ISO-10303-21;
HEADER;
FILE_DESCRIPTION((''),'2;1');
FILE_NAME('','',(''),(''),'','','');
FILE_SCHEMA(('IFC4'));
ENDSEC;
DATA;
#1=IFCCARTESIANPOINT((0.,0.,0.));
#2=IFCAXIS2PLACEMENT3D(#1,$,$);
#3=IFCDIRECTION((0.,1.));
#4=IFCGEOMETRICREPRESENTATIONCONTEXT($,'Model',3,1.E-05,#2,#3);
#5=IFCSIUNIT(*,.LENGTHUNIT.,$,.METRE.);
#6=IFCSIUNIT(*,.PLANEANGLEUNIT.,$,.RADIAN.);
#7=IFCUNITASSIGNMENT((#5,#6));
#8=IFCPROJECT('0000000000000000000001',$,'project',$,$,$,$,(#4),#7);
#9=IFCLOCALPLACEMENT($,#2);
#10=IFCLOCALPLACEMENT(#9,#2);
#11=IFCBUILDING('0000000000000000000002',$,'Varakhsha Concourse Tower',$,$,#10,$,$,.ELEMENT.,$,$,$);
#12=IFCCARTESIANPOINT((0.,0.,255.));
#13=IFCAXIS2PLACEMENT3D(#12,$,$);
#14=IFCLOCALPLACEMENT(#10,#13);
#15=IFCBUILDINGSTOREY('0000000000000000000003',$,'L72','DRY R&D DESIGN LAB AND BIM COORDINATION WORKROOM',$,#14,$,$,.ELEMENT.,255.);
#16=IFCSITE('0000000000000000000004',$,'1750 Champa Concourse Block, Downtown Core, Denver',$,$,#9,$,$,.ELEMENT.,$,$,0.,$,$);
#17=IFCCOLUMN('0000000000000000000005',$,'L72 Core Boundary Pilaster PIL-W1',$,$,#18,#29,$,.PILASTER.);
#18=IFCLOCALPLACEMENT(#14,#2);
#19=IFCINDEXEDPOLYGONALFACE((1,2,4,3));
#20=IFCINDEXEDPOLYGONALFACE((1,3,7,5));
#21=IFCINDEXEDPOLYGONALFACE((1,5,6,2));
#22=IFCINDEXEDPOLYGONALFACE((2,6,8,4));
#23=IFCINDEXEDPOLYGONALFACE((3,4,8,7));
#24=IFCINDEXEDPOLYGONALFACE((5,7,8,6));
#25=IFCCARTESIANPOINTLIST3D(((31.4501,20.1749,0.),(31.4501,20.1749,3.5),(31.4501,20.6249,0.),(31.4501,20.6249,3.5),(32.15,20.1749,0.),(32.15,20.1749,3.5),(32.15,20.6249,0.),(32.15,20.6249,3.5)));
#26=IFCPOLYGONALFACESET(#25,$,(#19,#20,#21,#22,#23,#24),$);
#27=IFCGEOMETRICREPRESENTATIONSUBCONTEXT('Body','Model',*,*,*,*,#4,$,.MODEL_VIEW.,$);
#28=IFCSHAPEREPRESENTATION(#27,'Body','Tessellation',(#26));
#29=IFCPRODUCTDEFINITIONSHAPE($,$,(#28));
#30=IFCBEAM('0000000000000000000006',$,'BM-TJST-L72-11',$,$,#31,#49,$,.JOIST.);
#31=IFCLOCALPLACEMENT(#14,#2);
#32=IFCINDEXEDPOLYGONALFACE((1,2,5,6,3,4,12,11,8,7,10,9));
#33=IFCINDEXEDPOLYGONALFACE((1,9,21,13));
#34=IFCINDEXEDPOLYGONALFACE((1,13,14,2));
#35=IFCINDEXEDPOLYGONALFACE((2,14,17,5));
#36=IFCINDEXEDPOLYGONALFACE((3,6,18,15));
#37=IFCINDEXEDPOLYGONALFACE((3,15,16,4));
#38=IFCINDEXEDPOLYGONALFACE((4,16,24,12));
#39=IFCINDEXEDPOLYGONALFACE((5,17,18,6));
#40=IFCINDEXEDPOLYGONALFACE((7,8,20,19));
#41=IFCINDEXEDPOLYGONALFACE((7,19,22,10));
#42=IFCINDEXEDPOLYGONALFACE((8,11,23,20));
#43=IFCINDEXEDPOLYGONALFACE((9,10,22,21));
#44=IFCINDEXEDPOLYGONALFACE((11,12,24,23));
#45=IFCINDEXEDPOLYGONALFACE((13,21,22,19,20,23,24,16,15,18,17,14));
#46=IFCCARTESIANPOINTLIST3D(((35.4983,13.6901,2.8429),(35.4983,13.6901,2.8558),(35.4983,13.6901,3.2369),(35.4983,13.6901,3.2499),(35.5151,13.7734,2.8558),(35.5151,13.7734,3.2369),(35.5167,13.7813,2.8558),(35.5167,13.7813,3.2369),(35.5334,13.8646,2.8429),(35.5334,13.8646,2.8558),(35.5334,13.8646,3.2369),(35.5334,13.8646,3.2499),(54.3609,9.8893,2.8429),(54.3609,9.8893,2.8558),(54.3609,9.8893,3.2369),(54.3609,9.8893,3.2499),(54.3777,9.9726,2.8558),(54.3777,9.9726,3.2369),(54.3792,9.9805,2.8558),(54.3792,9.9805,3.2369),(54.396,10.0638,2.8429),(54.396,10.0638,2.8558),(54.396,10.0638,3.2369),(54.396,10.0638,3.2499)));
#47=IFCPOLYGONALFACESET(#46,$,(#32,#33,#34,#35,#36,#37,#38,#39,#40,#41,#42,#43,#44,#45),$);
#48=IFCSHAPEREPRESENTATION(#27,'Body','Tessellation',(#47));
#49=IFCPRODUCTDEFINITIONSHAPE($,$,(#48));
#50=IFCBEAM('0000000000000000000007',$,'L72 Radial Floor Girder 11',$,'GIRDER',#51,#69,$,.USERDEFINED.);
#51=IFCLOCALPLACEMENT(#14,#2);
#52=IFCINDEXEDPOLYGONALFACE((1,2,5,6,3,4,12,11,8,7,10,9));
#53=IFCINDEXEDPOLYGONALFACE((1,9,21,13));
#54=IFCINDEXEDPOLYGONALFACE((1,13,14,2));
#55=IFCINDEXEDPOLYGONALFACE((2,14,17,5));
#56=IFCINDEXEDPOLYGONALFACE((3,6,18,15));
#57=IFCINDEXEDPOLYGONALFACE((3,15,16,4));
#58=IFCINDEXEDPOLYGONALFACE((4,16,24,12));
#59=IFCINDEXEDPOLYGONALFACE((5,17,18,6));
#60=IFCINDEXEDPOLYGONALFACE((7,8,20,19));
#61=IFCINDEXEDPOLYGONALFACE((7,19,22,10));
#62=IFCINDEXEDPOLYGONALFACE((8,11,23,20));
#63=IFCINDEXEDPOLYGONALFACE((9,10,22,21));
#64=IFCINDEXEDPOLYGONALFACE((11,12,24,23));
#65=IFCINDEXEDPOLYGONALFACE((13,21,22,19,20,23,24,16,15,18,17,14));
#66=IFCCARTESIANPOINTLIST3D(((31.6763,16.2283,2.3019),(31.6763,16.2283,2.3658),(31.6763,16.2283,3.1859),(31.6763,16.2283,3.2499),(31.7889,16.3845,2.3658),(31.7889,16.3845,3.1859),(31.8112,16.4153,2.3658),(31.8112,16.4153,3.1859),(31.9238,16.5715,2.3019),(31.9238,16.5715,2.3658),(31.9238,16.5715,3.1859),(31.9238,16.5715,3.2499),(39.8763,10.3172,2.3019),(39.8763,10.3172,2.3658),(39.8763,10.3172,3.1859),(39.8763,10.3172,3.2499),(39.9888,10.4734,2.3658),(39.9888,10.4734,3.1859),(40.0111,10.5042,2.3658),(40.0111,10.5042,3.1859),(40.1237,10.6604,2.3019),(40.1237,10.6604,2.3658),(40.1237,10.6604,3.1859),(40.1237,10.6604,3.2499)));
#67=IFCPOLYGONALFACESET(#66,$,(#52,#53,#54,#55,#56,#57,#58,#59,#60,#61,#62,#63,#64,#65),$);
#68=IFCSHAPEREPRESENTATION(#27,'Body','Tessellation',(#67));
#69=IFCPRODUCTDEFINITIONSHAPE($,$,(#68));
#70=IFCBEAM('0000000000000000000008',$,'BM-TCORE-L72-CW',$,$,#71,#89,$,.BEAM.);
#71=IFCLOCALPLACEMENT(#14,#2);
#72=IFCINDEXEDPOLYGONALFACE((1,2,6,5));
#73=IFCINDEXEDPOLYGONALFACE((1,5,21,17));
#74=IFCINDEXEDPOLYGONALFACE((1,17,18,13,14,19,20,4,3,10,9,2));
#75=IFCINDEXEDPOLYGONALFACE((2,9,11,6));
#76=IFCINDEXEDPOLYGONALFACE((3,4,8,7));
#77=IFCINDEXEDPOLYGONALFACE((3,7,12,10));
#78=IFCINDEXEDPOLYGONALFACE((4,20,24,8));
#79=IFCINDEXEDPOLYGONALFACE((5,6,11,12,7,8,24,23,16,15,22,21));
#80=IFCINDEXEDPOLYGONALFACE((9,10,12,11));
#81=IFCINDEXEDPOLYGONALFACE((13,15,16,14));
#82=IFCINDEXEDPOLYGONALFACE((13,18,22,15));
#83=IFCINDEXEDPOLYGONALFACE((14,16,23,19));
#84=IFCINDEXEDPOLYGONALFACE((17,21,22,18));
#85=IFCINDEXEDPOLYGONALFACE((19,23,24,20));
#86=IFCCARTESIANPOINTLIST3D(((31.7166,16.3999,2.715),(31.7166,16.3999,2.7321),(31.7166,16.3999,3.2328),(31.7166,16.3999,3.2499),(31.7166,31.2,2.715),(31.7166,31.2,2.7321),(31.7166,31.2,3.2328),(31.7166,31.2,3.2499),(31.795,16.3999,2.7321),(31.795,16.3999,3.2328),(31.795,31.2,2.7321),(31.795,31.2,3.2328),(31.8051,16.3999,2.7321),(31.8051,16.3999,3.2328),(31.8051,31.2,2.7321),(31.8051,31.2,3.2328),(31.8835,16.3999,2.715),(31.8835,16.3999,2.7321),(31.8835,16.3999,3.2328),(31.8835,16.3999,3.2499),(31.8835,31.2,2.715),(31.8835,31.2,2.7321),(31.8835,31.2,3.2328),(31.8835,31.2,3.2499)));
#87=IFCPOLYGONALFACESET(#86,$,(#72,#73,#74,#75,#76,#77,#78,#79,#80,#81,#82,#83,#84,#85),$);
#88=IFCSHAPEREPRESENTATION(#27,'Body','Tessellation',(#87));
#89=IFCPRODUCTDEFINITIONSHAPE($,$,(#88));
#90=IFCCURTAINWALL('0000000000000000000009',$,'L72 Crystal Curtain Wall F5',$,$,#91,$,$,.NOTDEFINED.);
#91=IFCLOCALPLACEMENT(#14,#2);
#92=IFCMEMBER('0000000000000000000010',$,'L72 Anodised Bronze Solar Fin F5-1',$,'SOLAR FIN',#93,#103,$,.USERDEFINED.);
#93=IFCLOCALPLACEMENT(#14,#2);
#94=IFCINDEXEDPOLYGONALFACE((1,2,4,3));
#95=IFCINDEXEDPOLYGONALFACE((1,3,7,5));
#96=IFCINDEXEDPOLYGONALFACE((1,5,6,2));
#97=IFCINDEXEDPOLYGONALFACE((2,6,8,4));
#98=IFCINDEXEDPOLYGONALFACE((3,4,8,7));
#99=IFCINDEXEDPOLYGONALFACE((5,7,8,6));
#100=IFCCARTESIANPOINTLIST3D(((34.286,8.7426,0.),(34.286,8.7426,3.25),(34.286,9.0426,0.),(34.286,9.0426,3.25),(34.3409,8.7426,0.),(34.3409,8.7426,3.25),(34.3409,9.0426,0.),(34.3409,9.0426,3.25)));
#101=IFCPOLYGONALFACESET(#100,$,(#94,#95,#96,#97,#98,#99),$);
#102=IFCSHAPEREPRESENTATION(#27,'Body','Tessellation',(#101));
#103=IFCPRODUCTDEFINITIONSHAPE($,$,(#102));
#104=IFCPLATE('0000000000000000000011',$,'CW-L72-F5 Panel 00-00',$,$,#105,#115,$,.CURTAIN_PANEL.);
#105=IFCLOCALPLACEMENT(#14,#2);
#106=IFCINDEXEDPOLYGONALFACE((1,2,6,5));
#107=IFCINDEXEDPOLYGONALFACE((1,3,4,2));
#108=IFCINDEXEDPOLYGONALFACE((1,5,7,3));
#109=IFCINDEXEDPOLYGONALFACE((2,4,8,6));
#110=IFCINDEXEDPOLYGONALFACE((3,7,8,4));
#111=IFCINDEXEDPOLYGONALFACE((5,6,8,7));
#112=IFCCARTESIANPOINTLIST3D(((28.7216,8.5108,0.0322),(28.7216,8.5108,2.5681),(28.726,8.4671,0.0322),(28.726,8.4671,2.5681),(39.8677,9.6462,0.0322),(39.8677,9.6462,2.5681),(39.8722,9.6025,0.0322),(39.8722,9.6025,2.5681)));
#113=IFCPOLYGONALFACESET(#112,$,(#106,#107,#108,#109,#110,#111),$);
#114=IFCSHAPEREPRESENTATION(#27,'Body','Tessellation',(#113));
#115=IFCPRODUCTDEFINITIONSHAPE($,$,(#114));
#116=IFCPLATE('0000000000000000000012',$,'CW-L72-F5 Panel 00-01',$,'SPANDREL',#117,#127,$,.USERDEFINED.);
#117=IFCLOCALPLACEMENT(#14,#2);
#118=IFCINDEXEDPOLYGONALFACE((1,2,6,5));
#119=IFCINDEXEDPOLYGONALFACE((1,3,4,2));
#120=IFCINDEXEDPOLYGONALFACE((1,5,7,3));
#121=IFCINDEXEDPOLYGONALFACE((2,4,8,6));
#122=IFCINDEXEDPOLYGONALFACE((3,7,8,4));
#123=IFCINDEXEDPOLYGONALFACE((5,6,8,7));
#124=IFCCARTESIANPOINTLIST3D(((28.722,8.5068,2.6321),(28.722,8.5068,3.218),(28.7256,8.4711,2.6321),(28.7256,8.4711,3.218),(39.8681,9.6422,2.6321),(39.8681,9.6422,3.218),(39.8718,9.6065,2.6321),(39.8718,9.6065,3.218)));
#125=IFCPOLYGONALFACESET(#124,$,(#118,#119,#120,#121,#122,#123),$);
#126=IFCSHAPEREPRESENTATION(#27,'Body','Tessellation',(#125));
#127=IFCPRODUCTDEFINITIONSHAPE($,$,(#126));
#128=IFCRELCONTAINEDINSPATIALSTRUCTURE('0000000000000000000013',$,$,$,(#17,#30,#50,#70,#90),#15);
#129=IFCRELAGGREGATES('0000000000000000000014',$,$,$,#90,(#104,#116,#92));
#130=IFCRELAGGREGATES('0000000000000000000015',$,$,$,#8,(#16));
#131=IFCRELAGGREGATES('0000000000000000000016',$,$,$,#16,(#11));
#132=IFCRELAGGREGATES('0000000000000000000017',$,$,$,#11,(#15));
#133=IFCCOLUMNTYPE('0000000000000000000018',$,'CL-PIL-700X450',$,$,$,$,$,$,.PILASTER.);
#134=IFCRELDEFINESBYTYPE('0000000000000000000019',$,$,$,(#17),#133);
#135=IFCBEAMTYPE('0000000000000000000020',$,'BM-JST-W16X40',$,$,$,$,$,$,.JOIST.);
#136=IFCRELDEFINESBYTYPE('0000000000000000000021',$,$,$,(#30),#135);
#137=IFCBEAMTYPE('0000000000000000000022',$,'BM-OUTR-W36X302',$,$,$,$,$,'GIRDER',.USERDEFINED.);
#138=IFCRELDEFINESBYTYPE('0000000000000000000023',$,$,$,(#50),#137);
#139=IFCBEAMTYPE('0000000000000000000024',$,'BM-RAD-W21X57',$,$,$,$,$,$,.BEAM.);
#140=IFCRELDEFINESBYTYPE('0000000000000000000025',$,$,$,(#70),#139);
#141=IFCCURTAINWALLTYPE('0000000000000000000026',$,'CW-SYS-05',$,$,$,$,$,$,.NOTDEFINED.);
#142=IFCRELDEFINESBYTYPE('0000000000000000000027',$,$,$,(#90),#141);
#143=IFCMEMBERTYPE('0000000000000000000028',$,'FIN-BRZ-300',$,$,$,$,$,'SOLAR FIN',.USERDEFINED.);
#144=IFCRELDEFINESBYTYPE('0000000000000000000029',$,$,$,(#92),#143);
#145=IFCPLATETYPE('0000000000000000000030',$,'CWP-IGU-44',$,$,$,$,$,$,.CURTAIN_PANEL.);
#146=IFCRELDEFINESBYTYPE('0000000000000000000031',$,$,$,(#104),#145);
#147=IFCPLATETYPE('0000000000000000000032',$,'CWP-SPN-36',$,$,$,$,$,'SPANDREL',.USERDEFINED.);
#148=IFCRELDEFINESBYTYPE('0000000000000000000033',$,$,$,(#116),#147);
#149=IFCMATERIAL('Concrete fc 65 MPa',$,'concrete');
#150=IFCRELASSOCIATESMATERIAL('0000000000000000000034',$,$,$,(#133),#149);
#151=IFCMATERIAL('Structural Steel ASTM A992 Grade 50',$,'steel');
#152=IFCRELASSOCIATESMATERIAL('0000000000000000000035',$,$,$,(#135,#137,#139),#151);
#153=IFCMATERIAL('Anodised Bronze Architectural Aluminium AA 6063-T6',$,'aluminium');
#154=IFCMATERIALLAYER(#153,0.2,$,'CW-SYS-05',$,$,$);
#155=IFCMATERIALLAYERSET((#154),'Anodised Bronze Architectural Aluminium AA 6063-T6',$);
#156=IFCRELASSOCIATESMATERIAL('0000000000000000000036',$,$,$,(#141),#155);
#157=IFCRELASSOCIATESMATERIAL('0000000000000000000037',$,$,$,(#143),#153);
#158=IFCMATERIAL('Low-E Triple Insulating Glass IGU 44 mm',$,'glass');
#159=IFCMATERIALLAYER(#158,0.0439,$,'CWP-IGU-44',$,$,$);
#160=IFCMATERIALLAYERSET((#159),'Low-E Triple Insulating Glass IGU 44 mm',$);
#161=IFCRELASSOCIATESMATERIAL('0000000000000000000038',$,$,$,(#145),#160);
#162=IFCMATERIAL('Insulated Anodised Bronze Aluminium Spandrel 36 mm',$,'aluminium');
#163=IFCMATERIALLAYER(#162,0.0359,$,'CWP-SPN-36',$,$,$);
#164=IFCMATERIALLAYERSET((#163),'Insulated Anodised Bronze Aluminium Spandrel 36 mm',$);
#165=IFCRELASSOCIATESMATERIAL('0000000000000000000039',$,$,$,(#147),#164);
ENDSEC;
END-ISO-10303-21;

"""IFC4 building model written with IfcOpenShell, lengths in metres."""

from ifc_helpers import new_model, si_unit, direction, frame, origin, origin_2d, place, context, subcontext, project, spatial, rectangle, i_section, extrude, source, transform, mapped, material, layer, layer_set, material_profile, profile_set, type_object, type_shapes, element, aggregate, save


model = new_model("IFC4")

# Units and contexts
model_context = context("Model", 3, precision=1e-05, world=origin(), true_north=direction((0.0, 1.0)))
body_context = subcontext(model_context, "Body", "Model", "MODEL_VIEW")
ifc_project = project(units=[si_unit("LENGTHUNIT", "METRE"), si_unit("PLANEANGLEUNIT", "RADIAN")], contexts=[model_context])

# Site, building, storey
site_placement = place(None, origin())
site = spatial("IfcSite", under=ifc_project, at=site_placement, Name="1750 Champa Concourse Block, Downtown Core, Denver", CompositionType="ELEMENT", RefElevation=0.0)
building_placement = place(site_placement, origin())
building = spatial("IfcBuilding", under=site, at=building_placement, Name="Varakhsha Concourse Tower", CompositionType="ELEMENT")
storey_placement = place(building_placement, frame((0.0, 0.0, 255.0)))
storey = spatial("IfcBuildingStorey", under=building, at=storey_placement, Name="L72", Description="DRY R&D DESIGN LAB AND BIM COORDINATION WORKROOM", CompositionType="ELEMENT", Elevation=255.0)

# Column
ifc_material_1 = material(Name="Concrete fc 65 MPa", Category="concrete")
ifc_material_profile_1 = material_profile(ifc_material_1, rectangle(XDim=0.7, YDim=0.45, at=origin_2d()), Name="RC 700x450")
ifc_profile_set_1 = profile_set([ifc_material_profile_1], Name="Concrete fc 65 MPa")
column_type = type_object("IfcColumnType", Name="CL-PIL-700X450", PredefinedType="PILASTER", material=ifc_profile_set_1)
column_placement = place(storey_placement, frame((31.8, 20.3999, 0.0), z_axis=(0.0, 0.0, 1.0), x_axis=(1.0, 0.0, 0.0)))
element("IfcColumn", 1, at=column_placement, inside=storey, type_object=column_type, Name="L72 Core Boundary Pilaster PIL-W1", PredefinedType="PILASTER", context=body_context, shape_type="SweptSolid", body=[
    extrude(rectangle(XDim=0.7, YDim=0.45, at=origin_2d()), origin(), (0.0, 0.0, 1.0), 3.5),
])

# Beams
ifc_material_2 = material(Name="Structural Steel ASTM A992 Grade 50", Category="steel")
ifc_material_profile_2 = material_profile(ifc_material_2, i_section(OverallWidth=0.178, OverallDepth=0.407, WebThickness=0.0081, FlangeThickness=0.0129, at=origin_2d()), Name="W16X40")
ifc_profile_set_2 = profile_set([ifc_material_profile_2], Name="Structural Steel ASTM A992 Grade 50")
beam_type_1 = type_object("IfcBeamType", Name="BM-JST-W16X40", PredefinedType="JOIST", material=ifc_profile_set_2)
beam_1_placement = place(storey_placement, frame((35.5159, 13.7773, 3.0464), z_axis=(0.980297, -0.197529, 0.0), x_axis=(0.197529, 0.980297, 0.0)))
element("IfcBeam", 2, at=beam_1_placement, inside=storey, type_object=beam_type_1, Name="BM-TJST-L72-11", PredefinedType="JOIST", context=body_context, shape_type="SweptSolid", body=[
    extrude(i_section(OverallWidth=0.178, OverallDepth=0.407, WebThickness=0.0081, FlangeThickness=0.0129, at=origin_2d()), origin(), (0.0, 0.0, 1.0), 19.2417),
])
ifc_material_profile_3 = material_profile(ifc_material_2, i_section(OverallWidth=0.4231, OverallDepth=0.948, WebThickness=0.0381, FlangeThickness=0.064, at=origin_2d()), Name="W36X302")
ifc_profile_set_3 = profile_set([ifc_material_profile_3], Name="Structural Steel ASTM A992 Grade 50")
beam_type_2 = type_object("IfcBeamType", Name="BM-OUTR-W36X302", ElementType="GIRDER", PredefinedType="USERDEFINED", material=ifc_profile_set_3)
beam_2_placement = place(storey_placement, frame((31.8, 16.3999, 2.7759), z_axis=(0.811198, -0.584772, 0.0), x_axis=(0.584772, 0.811198, 0.0)))
element("IfcBeam", 3, at=beam_2_placement, inside=storey, type_object=beam_type_2, Name="L72 Radial Floor Girder 11", ObjectType="GIRDER", PredefinedType="USERDEFINED", context=body_context, shape_type="SweptSolid", body=[
    extrude(i_section(OverallWidth=0.4231, OverallDepth=0.948, WebThickness=0.0381, FlangeThickness=0.064, at=origin_2d()), origin(), (0.0, 0.0, 1.0), 10.1084),
])
ifc_material_profile_4 = material_profile(ifc_material_2, i_section(OverallWidth=0.167, OverallDepth=0.5349, WebThickness=0.01, FlangeThickness=0.0171, at=origin_2d()), Name="W21X57")
ifc_profile_set_4 = profile_set([ifc_material_profile_4], Name="Structural Steel ASTM A992 Grade 50")
beam_type_3 = type_object("IfcBeamType", Name="BM-RAD-W21X57", PredefinedType="BEAM", material=ifc_profile_set_4)
beam_3_placement = place(storey_placement, frame((31.8, 16.3999, 2.9824), z_axis=(0.0, 1.0, 0.0), x_axis=(-1.0, 0.0, 0.0)))
element("IfcBeam", 4, at=beam_3_placement, inside=storey, type_object=beam_type_3, Name="BM-TCORE-L72-CW", PredefinedType="BEAM", context=body_context, shape_type="SweptSolid", body=[
    extrude(i_section(OverallWidth=0.167, OverallDepth=0.5349, WebThickness=0.01, FlangeThickness=0.0171, at=origin_2d()), origin(), (0.0, 0.0, 1.0), 14.8),
])

# Curtain wall, member, plates
ifc_material_3 = material(Name="Anodised Bronze Architectural Aluminium AA 6063-T6", Category="aluminium")
ifc_layer_1 = layer(ifc_material_3, 0.2, Name="CW-SYS-05")
ifc_layer_set_1 = layer_set([ifc_layer_1], Name="Anodised Bronze Architectural Aluminium AA 6063-T6")
curtain_wall_type = type_object("IfcCurtainWallType", Name="CW-SYS-05", PredefinedType="NOTDEFINED", material=ifc_layer_set_1)
curtain_wall_placement = place(storey_placement, origin())
curtain_wall = element("IfcCurtainWall", 5, at=curtain_wall_placement, inside=storey, type_object=curtain_wall_type, Name="L72 Crystal Curtain Wall F5", PredefinedType="NOTDEFINED")
ifc_material_profile_5 = material_profile(ifc_material_3, rectangle(XDim=0.0549, YDim=0.3, at=origin_2d()), Name="FIN-BRZ-300")
ifc_profile_set_5 = profile_set([ifc_material_profile_5], Name="Anodised Bronze Architectural Aluminium AA 6063-T6")
member_type = type_object("IfcMemberType", Name="FIN-BRZ-300", ElementType="SOLAR FIN", PredefinedType="USERDEFINED", material=ifc_profile_set_5)
shared_shape_1 = source(origin(), body_context, "Body", "SweptSolid", [
    extrude(rectangle(XDim=0.0549, YDim=0.3, at=origin_2d()), origin(), (0.0, 0.0, 1.0), 3.25),
])
type_shapes(member_type, [shared_shape_1])
member_placement = place(storey_placement, frame((34.3135, 8.8926, 0.0), z_axis=(0.0, 0.0, 1.0), x_axis=(1.0, 0.0, 0.0)))
member = element("IfcMember", 6, at=member_placement, type_object=member_type, Name="L72 Anodised Bronze Solar Fin F5-1", ObjectType="SOLAR FIN", PredefinedType="USERDEFINED", context=body_context, shape_type="MappedRepresentation", body=[
    mapped(shared_shape_1, transform((0.0, 0.0, 0.0), scale=1.0)),
])
ifc_material_4 = material(Name="Low-E Triple Insulating Glass IGU 44 mm", Category="glass")
ifc_layer_2 = layer(ifc_material_4, 0.0439, Name="CWP-IGU-44")
ifc_layer_set_2 = layer_set([ifc_layer_2], Name="Low-E Triple Insulating Glass IGU 44 mm")
plate_type_1 = type_object("IfcPlateType", Name="CWP-IGU-44", PredefinedType="CURTAIN_PANEL", material=ifc_layer_set_2)
shared_shape_2 = source(origin(), body_context, "Body", "SweptSolid", [
    extrude(rectangle(XDim=11.2039, YDim=0.0439, at=origin_2d()), origin(), (0.0, 0.0, 1.0), 2.5359),
])
type_shapes(plate_type_1, [shared_shape_2])
plate_1_placement = place(storey_placement, frame((34.2969, 9.0566, 0.0322), z_axis=(0.0, 0.0, 1.0), x_axis=(-0.994852, -0.101336, 0.0)))
plate_1 = element("IfcPlate", 7, at=plate_1_placement, type_object=plate_type_1, Name="CW-L72-F5 Panel 00-00", PredefinedType="CURTAIN_PANEL", context=body_context, shape_type="MappedRepresentation", body=[
    mapped(shared_shape_2, transform((0.0, 0.0, 0.0), scale=1.0)),
])
ifc_material_5 = material(Name="Insulated Anodised Bronze Aluminium Spandrel 36 mm", Category="aluminium")
ifc_layer_3 = layer(ifc_material_5, 0.0359, Name="CWP-SPN-36")
ifc_layer_set_3 = layer_set([ifc_layer_3], Name="Insulated Anodised Bronze Aluminium Spandrel 36 mm")
plate_type_2 = type_object("IfcPlateType", Name="CWP-SPN-36", ElementType="SPANDREL", PredefinedType="USERDEFINED", material=ifc_layer_set_3)
shared_shape_3 = source(origin(), body_context, "Body", "SweptSolid", [
    extrude(rectangle(XDim=11.2039, YDim=0.0359, at=origin_2d()), origin(), (0.0, 0.0, 1.0), 0.5859),
])
type_shapes(plate_type_2, [shared_shape_3])
plate_2_placement = place(storey_placement, frame((34.2969, 9.0566, 2.6321), z_axis=(0.0, 0.0, 1.0), x_axis=(-0.994852, -0.101336, 0.0)))
plate_2 = element("IfcPlate", 8, at=plate_2_placement, type_object=plate_type_2, Name="CW-L72-F5 Panel 00-01", ObjectType="SPANDREL", PredefinedType="USERDEFINED", context=body_context, shape_type="MappedRepresentation", body=[
    mapped(shared_shape_3, transform((0.0, 0.0, 0.0), scale=1.0)),
])
aggregate(curtain_wall, [plate_1, plate_2, member])

save(model, "model.ifc")
